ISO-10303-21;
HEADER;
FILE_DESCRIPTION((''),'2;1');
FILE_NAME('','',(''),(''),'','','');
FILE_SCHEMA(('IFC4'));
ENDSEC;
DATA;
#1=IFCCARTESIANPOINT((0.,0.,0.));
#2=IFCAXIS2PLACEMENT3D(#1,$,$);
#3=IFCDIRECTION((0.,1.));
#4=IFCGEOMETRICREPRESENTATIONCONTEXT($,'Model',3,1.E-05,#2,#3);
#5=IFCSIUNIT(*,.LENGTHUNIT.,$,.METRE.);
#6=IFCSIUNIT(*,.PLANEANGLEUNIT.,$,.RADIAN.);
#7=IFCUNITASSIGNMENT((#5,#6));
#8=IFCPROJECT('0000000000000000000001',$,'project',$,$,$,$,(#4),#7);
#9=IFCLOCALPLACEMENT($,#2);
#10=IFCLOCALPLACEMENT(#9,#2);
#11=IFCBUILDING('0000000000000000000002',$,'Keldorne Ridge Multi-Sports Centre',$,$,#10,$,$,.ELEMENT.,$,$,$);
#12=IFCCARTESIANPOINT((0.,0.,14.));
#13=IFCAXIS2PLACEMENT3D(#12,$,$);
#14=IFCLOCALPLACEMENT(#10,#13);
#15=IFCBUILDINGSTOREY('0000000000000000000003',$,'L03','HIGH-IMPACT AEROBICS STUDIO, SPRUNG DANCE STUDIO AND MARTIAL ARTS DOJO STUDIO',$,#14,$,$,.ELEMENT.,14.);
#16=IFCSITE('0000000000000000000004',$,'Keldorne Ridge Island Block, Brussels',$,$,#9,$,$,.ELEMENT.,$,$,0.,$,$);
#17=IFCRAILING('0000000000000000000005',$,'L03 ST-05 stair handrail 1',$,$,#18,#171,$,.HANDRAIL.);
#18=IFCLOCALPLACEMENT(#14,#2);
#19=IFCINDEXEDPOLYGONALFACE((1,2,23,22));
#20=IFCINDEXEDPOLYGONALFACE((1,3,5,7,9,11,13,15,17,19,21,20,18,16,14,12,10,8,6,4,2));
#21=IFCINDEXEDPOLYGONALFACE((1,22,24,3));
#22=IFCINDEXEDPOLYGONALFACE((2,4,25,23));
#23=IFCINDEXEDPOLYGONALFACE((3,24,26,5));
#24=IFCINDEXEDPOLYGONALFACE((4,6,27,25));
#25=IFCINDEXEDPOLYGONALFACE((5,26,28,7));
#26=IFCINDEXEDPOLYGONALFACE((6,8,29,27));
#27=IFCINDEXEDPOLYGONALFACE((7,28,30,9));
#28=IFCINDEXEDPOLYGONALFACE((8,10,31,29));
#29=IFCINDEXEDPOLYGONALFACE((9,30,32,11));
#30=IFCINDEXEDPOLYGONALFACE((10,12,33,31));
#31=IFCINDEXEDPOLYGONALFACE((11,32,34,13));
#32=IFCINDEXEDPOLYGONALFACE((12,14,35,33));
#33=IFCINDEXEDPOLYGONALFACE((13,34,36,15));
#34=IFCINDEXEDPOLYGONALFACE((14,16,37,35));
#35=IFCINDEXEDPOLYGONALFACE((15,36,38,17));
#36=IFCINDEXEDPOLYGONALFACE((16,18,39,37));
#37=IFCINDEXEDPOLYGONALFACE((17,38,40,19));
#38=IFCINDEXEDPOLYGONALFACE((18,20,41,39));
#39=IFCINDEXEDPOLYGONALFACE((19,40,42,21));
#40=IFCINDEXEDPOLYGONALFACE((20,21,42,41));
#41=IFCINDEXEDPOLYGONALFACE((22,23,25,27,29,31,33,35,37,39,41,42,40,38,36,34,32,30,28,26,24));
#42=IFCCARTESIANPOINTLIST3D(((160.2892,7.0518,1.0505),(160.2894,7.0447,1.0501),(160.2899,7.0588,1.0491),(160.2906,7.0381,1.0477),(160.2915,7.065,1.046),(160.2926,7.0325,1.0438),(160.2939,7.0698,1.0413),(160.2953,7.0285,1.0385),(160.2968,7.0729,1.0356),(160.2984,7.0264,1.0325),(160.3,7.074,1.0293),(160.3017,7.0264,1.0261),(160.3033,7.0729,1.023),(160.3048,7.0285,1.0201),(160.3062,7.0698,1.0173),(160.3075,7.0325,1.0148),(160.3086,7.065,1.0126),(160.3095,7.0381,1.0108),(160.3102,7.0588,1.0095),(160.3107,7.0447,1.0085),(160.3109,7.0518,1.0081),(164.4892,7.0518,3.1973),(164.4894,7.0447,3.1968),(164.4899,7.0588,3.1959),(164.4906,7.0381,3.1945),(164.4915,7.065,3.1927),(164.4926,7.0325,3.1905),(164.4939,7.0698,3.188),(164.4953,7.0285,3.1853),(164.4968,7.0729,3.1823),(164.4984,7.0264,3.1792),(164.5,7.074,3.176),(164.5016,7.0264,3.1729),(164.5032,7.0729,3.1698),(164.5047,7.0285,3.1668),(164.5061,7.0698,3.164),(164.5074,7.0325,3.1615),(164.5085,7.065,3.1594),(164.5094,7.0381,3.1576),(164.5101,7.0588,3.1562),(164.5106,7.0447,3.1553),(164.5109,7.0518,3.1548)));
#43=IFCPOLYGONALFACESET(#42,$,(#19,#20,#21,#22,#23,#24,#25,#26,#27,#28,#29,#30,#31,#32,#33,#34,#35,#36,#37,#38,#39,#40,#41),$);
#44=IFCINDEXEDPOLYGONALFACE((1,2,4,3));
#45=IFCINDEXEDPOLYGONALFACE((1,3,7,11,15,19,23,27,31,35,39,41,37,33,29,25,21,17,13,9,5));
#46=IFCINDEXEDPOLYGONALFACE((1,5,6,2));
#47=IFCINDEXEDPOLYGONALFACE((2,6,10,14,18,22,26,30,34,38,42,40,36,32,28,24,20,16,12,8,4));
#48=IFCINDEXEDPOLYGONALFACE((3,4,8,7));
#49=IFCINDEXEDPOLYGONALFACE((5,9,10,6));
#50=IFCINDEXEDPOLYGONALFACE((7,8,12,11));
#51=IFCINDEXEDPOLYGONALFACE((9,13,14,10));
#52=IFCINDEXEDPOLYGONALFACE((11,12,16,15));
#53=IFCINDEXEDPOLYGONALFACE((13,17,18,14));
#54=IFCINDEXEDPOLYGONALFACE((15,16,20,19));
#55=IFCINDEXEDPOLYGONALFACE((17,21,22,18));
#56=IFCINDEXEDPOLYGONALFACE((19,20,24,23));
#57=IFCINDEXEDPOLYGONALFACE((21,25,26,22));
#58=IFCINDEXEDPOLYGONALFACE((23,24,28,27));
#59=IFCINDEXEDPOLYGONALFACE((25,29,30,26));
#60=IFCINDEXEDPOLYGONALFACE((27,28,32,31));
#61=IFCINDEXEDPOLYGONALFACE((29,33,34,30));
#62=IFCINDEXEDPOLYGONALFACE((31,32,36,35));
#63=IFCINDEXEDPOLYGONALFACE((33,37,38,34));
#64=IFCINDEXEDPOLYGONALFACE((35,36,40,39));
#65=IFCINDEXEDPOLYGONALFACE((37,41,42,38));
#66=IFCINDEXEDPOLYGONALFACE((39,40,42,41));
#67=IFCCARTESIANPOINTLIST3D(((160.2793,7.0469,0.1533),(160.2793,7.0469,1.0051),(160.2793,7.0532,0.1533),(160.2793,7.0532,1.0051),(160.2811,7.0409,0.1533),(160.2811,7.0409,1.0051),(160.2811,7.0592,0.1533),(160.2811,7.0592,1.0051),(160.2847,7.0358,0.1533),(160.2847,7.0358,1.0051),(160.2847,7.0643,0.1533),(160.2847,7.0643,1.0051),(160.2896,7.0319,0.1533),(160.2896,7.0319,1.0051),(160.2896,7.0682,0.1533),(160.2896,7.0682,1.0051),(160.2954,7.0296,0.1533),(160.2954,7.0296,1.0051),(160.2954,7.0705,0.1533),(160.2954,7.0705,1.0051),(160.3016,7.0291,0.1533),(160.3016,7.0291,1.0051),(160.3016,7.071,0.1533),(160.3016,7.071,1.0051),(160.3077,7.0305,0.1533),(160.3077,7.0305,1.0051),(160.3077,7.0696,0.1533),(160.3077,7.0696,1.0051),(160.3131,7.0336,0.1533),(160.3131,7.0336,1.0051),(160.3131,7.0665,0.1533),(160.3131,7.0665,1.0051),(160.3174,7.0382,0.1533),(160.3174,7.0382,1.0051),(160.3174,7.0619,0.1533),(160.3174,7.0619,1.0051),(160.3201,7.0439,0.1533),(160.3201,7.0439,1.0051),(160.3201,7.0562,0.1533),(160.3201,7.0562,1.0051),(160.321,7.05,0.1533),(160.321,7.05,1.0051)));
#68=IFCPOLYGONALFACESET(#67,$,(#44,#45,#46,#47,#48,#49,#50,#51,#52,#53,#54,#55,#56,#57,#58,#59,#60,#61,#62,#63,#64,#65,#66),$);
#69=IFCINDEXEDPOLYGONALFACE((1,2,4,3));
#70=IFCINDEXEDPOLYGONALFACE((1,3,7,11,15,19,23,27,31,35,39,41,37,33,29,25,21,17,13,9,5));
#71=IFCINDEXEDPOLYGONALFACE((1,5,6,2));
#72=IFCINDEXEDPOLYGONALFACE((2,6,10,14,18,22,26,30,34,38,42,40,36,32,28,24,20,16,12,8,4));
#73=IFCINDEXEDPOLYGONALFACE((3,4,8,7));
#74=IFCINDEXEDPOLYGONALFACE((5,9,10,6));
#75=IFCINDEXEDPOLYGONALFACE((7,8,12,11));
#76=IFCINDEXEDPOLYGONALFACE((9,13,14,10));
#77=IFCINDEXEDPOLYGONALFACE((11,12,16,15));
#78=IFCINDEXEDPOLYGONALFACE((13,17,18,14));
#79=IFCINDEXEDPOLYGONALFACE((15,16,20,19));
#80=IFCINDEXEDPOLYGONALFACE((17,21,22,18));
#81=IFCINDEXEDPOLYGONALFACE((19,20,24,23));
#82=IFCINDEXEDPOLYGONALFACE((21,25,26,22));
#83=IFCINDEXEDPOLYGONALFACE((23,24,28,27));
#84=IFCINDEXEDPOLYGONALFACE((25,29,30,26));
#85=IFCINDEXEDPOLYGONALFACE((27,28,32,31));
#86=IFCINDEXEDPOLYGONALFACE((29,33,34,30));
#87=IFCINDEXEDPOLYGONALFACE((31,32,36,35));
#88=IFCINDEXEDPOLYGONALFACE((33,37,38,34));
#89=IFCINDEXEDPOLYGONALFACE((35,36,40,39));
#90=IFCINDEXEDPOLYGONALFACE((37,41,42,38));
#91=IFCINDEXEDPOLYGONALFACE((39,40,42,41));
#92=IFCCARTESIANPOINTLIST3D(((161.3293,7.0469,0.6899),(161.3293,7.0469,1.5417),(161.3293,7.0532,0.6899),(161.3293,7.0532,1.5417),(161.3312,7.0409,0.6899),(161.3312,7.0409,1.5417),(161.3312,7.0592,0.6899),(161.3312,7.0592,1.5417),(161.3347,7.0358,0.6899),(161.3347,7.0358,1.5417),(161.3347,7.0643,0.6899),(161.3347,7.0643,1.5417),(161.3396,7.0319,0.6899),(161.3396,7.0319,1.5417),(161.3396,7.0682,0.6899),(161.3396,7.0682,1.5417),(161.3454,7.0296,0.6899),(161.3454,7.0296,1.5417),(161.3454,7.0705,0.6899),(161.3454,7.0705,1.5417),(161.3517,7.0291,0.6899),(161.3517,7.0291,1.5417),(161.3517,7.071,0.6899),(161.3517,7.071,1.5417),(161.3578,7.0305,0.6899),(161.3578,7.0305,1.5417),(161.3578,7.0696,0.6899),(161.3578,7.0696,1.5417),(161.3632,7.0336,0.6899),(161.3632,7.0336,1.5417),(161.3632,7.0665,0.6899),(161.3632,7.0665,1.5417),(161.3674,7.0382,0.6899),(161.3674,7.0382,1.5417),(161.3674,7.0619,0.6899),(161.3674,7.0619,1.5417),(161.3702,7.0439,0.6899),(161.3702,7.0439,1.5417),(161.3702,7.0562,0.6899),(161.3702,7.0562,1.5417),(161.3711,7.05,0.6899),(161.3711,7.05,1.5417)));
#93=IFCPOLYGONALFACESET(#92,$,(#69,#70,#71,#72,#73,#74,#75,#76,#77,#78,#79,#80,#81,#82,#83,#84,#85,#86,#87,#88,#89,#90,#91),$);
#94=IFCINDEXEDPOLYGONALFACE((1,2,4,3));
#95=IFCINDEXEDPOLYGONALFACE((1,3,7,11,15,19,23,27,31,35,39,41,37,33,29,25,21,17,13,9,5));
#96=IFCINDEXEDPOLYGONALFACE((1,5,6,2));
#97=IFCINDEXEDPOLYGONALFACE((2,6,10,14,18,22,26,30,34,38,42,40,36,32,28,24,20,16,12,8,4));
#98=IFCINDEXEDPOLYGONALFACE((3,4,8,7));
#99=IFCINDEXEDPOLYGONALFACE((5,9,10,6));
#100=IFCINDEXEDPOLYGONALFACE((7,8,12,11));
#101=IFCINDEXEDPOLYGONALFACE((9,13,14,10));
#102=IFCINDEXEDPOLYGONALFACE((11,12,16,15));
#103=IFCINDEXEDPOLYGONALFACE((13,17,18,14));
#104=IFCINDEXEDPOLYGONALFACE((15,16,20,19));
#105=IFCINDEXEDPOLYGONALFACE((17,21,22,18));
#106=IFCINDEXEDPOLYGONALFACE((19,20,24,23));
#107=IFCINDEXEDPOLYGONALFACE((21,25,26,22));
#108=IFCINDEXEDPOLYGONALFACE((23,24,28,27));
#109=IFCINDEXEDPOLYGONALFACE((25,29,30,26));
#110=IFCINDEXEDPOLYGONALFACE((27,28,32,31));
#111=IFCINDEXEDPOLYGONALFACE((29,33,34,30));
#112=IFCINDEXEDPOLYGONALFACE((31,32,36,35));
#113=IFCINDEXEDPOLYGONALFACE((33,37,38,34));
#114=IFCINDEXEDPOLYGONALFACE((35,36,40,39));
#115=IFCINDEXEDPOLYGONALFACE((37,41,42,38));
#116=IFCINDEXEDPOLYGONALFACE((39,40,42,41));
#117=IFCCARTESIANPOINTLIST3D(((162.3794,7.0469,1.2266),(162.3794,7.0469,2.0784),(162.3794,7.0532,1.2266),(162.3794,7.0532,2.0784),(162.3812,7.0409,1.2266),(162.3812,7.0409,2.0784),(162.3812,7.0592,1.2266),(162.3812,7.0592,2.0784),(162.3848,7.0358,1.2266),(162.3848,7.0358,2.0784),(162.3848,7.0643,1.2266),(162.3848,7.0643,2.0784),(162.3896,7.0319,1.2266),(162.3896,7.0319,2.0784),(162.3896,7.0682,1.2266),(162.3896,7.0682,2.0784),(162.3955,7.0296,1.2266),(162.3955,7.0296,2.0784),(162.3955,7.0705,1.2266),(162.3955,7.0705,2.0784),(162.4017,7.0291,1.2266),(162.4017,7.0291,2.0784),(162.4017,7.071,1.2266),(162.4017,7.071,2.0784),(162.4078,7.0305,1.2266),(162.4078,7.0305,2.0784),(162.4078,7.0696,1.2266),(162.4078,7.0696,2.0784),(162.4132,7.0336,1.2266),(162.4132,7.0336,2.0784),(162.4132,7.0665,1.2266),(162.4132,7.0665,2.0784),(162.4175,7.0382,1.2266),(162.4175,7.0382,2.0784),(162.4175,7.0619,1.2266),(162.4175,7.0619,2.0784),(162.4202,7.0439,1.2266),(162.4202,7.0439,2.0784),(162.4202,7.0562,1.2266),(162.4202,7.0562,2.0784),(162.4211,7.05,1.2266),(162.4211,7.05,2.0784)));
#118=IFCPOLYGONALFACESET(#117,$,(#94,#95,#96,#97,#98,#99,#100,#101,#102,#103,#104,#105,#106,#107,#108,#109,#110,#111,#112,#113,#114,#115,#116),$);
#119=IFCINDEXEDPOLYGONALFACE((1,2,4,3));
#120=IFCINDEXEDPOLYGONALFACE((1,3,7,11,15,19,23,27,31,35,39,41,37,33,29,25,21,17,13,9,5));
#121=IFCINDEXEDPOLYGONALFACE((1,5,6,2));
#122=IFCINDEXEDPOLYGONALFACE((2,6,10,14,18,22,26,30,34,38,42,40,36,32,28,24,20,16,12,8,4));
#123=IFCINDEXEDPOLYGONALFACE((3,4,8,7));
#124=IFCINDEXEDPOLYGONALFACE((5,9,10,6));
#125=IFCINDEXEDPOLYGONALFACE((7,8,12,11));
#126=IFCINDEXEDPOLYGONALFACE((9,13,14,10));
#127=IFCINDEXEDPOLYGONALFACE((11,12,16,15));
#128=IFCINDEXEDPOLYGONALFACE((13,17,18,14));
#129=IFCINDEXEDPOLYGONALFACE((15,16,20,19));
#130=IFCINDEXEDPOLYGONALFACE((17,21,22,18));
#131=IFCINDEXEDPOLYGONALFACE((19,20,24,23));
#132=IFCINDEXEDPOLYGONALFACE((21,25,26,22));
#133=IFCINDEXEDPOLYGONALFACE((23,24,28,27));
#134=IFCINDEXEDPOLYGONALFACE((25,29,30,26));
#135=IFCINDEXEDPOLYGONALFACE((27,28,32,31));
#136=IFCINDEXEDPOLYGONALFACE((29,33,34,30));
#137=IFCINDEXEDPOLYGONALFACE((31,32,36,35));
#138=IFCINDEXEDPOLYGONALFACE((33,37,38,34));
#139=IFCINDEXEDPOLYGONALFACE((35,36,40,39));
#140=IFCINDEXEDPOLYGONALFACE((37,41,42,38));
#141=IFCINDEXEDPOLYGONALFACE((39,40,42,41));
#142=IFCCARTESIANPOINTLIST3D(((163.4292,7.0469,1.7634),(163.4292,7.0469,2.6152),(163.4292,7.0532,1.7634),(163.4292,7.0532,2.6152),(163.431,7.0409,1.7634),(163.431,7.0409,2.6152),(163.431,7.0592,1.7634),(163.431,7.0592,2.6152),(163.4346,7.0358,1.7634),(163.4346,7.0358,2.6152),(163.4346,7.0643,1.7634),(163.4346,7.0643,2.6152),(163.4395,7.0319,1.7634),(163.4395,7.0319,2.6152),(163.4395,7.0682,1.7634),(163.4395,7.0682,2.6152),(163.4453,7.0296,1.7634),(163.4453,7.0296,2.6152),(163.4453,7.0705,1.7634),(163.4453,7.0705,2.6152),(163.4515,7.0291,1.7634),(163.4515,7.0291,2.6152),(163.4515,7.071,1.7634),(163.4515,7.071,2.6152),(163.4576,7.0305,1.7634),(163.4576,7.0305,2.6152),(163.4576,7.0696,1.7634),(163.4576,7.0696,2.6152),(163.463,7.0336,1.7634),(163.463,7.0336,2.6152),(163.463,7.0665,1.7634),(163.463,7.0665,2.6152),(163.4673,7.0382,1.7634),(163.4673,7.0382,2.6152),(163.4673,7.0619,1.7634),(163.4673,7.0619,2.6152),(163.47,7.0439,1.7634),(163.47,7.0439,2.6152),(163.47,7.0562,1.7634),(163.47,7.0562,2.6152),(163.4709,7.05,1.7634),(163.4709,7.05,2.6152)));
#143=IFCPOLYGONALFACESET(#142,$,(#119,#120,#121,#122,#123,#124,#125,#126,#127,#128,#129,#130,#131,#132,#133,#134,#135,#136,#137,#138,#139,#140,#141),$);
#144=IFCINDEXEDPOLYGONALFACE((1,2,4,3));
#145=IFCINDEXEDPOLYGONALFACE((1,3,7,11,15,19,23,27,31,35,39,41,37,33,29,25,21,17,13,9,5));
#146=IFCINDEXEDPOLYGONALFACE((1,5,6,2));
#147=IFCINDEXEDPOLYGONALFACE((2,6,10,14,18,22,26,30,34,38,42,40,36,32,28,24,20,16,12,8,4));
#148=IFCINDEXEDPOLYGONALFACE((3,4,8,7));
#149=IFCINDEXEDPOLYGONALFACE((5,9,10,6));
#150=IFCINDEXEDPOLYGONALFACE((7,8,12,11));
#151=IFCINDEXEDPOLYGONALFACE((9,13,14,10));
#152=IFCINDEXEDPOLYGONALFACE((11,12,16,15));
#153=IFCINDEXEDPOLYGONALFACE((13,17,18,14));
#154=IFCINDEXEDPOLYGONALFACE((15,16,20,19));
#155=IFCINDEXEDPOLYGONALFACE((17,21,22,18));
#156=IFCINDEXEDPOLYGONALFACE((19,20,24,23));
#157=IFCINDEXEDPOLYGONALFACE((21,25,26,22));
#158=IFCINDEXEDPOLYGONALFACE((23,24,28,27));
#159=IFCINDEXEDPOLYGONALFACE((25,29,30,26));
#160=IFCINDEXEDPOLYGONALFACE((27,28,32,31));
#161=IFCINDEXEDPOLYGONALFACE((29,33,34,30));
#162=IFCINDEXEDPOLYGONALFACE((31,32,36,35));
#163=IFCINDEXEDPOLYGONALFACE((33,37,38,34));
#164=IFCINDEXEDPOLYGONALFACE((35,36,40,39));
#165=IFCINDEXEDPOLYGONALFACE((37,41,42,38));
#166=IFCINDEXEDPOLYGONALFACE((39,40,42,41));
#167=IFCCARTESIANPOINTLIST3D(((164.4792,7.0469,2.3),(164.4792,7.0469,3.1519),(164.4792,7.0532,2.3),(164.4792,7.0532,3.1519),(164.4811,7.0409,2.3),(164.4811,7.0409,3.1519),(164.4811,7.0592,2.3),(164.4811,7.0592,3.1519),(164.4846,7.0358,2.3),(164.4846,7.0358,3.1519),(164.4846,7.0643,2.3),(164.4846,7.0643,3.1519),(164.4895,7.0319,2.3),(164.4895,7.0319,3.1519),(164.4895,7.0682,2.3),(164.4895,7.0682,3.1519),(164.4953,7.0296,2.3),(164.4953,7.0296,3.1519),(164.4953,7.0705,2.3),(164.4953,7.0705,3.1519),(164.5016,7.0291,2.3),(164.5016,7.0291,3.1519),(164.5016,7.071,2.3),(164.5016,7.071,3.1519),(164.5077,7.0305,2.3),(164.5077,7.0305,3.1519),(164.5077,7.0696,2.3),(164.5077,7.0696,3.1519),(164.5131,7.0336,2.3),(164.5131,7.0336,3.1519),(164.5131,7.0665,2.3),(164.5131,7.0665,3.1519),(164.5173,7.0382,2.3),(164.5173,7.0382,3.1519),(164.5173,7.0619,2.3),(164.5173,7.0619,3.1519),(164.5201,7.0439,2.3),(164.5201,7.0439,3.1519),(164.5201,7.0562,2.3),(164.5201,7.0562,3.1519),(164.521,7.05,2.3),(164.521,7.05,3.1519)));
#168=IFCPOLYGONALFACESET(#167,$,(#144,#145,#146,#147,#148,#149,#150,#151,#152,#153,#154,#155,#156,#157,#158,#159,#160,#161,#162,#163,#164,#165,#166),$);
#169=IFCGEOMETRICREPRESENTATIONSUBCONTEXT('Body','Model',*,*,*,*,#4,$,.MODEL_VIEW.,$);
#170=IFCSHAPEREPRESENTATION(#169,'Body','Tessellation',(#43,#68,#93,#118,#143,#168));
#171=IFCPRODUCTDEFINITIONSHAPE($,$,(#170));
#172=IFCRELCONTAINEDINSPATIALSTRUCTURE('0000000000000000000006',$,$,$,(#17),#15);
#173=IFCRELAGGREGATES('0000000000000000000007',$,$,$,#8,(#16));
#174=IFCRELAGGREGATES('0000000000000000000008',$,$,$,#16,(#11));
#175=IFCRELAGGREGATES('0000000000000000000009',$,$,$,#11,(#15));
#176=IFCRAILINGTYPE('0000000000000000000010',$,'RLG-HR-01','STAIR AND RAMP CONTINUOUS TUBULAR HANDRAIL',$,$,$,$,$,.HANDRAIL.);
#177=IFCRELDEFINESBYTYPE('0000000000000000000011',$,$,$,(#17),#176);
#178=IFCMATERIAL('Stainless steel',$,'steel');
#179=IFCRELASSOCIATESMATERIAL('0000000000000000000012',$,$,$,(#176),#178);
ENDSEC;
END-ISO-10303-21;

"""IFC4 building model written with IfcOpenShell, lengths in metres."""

from ifc_helpers import new_model, si_unit, direction, frame, origin, origin_2d, place, context, subcontext, project, spatial, circle, extrude, material, type_object, element, save


model = new_model("IFC4")

# Units and contexts
model_context = context("Model", 3, precision=1e-05, world=origin(), true_north=direction((0.0, 1.0)))
body_context = subcontext(model_context, "Body", "Model", "MODEL_VIEW")
ifc_project = project(units=[si_unit("LENGTHUNIT", "METRE"), si_unit("PLANEANGLEUNIT", "RADIAN")], contexts=[model_context])

# Site, building, storey
site_placement = place(None, origin())
site = spatial("IfcSite", under=ifc_project, at=site_placement, Name="Keldorne Ridge Island Block, Brussels", CompositionType="ELEMENT", RefElevation=0.0)
building_placement = place(site_placement, origin())
building = spatial("IfcBuilding", under=site, at=building_placement, Name="Keldorne Ridge Multi-Sports Centre", CompositionType="ELEMENT")
storey_placement = place(building_placement, frame((0.0, 0.0, 14.0)))
storey = spatial("IfcBuildingStorey", under=building, at=storey_placement, Name="L03", Description="HIGH-IMPACT AEROBICS STUDIO, SPRUNG DANCE STUDIO AND MARTIAL ARTS DOJO STUDIO", CompositionType="ELEMENT", Elevation=14.0)

# Railing
ifc_material_1 = material(Name="Stainless steel", Category="steel")
railing_type_1 = type_object("IfcRailingType", Name="RLG-HR-01", Description="STAIR AND RAMP CONTINUOUS TUBULAR HANDRAIL", PredefinedType="HANDRAIL", material=ifc_material_1)
railing_1_placement = place(storey_placement, frame((160.3, 7.05, 0.1533)))
element("IfcRailing", 1, at=railing_1_placement, inside=storey, type_object=railing_type_1, Name="L03 ST-05 stair handrail 1", PredefinedType="HANDRAIL", context=body_context, shape_type="SweptSolid", body=[
    extrude(circle(Radius=0.0239, at=origin_2d()), frame((0.0, 0.0, 0.876), z_axis=(0.890427, 0.0, 0.455126), x_axis=(0.0, 1.0, 0.0)), (0.0, 0.0, 1.0), 4.7168),
    extrude(circle(Radius=0.021, at=origin_2d()), origin(), (0.0, 0.0, 1.0), 0.8518),
    extrude(circle(Radius=0.021, at=origin_2d()), frame((1.05, 0.0, 0.5366)), (0.0, 0.0, 1.0), 0.8518),
    extrude(circle(Radius=0.021, at=origin_2d()), frame((2.1001, 0.0, 1.0732)), (0.0, 0.0, 1.0), 0.8518),
    extrude(circle(Radius=0.021, at=origin_2d()), frame((3.1499, 0.0, 1.6101)), (0.0, 0.0, 1.0), 0.8518),
    extrude(circle(Radius=0.021, at=origin_2d()), frame((4.2, 0.0, 2.1467)), (0.0, 0.0, 1.0), 0.8518),
])

save(model, "model.ifc")
